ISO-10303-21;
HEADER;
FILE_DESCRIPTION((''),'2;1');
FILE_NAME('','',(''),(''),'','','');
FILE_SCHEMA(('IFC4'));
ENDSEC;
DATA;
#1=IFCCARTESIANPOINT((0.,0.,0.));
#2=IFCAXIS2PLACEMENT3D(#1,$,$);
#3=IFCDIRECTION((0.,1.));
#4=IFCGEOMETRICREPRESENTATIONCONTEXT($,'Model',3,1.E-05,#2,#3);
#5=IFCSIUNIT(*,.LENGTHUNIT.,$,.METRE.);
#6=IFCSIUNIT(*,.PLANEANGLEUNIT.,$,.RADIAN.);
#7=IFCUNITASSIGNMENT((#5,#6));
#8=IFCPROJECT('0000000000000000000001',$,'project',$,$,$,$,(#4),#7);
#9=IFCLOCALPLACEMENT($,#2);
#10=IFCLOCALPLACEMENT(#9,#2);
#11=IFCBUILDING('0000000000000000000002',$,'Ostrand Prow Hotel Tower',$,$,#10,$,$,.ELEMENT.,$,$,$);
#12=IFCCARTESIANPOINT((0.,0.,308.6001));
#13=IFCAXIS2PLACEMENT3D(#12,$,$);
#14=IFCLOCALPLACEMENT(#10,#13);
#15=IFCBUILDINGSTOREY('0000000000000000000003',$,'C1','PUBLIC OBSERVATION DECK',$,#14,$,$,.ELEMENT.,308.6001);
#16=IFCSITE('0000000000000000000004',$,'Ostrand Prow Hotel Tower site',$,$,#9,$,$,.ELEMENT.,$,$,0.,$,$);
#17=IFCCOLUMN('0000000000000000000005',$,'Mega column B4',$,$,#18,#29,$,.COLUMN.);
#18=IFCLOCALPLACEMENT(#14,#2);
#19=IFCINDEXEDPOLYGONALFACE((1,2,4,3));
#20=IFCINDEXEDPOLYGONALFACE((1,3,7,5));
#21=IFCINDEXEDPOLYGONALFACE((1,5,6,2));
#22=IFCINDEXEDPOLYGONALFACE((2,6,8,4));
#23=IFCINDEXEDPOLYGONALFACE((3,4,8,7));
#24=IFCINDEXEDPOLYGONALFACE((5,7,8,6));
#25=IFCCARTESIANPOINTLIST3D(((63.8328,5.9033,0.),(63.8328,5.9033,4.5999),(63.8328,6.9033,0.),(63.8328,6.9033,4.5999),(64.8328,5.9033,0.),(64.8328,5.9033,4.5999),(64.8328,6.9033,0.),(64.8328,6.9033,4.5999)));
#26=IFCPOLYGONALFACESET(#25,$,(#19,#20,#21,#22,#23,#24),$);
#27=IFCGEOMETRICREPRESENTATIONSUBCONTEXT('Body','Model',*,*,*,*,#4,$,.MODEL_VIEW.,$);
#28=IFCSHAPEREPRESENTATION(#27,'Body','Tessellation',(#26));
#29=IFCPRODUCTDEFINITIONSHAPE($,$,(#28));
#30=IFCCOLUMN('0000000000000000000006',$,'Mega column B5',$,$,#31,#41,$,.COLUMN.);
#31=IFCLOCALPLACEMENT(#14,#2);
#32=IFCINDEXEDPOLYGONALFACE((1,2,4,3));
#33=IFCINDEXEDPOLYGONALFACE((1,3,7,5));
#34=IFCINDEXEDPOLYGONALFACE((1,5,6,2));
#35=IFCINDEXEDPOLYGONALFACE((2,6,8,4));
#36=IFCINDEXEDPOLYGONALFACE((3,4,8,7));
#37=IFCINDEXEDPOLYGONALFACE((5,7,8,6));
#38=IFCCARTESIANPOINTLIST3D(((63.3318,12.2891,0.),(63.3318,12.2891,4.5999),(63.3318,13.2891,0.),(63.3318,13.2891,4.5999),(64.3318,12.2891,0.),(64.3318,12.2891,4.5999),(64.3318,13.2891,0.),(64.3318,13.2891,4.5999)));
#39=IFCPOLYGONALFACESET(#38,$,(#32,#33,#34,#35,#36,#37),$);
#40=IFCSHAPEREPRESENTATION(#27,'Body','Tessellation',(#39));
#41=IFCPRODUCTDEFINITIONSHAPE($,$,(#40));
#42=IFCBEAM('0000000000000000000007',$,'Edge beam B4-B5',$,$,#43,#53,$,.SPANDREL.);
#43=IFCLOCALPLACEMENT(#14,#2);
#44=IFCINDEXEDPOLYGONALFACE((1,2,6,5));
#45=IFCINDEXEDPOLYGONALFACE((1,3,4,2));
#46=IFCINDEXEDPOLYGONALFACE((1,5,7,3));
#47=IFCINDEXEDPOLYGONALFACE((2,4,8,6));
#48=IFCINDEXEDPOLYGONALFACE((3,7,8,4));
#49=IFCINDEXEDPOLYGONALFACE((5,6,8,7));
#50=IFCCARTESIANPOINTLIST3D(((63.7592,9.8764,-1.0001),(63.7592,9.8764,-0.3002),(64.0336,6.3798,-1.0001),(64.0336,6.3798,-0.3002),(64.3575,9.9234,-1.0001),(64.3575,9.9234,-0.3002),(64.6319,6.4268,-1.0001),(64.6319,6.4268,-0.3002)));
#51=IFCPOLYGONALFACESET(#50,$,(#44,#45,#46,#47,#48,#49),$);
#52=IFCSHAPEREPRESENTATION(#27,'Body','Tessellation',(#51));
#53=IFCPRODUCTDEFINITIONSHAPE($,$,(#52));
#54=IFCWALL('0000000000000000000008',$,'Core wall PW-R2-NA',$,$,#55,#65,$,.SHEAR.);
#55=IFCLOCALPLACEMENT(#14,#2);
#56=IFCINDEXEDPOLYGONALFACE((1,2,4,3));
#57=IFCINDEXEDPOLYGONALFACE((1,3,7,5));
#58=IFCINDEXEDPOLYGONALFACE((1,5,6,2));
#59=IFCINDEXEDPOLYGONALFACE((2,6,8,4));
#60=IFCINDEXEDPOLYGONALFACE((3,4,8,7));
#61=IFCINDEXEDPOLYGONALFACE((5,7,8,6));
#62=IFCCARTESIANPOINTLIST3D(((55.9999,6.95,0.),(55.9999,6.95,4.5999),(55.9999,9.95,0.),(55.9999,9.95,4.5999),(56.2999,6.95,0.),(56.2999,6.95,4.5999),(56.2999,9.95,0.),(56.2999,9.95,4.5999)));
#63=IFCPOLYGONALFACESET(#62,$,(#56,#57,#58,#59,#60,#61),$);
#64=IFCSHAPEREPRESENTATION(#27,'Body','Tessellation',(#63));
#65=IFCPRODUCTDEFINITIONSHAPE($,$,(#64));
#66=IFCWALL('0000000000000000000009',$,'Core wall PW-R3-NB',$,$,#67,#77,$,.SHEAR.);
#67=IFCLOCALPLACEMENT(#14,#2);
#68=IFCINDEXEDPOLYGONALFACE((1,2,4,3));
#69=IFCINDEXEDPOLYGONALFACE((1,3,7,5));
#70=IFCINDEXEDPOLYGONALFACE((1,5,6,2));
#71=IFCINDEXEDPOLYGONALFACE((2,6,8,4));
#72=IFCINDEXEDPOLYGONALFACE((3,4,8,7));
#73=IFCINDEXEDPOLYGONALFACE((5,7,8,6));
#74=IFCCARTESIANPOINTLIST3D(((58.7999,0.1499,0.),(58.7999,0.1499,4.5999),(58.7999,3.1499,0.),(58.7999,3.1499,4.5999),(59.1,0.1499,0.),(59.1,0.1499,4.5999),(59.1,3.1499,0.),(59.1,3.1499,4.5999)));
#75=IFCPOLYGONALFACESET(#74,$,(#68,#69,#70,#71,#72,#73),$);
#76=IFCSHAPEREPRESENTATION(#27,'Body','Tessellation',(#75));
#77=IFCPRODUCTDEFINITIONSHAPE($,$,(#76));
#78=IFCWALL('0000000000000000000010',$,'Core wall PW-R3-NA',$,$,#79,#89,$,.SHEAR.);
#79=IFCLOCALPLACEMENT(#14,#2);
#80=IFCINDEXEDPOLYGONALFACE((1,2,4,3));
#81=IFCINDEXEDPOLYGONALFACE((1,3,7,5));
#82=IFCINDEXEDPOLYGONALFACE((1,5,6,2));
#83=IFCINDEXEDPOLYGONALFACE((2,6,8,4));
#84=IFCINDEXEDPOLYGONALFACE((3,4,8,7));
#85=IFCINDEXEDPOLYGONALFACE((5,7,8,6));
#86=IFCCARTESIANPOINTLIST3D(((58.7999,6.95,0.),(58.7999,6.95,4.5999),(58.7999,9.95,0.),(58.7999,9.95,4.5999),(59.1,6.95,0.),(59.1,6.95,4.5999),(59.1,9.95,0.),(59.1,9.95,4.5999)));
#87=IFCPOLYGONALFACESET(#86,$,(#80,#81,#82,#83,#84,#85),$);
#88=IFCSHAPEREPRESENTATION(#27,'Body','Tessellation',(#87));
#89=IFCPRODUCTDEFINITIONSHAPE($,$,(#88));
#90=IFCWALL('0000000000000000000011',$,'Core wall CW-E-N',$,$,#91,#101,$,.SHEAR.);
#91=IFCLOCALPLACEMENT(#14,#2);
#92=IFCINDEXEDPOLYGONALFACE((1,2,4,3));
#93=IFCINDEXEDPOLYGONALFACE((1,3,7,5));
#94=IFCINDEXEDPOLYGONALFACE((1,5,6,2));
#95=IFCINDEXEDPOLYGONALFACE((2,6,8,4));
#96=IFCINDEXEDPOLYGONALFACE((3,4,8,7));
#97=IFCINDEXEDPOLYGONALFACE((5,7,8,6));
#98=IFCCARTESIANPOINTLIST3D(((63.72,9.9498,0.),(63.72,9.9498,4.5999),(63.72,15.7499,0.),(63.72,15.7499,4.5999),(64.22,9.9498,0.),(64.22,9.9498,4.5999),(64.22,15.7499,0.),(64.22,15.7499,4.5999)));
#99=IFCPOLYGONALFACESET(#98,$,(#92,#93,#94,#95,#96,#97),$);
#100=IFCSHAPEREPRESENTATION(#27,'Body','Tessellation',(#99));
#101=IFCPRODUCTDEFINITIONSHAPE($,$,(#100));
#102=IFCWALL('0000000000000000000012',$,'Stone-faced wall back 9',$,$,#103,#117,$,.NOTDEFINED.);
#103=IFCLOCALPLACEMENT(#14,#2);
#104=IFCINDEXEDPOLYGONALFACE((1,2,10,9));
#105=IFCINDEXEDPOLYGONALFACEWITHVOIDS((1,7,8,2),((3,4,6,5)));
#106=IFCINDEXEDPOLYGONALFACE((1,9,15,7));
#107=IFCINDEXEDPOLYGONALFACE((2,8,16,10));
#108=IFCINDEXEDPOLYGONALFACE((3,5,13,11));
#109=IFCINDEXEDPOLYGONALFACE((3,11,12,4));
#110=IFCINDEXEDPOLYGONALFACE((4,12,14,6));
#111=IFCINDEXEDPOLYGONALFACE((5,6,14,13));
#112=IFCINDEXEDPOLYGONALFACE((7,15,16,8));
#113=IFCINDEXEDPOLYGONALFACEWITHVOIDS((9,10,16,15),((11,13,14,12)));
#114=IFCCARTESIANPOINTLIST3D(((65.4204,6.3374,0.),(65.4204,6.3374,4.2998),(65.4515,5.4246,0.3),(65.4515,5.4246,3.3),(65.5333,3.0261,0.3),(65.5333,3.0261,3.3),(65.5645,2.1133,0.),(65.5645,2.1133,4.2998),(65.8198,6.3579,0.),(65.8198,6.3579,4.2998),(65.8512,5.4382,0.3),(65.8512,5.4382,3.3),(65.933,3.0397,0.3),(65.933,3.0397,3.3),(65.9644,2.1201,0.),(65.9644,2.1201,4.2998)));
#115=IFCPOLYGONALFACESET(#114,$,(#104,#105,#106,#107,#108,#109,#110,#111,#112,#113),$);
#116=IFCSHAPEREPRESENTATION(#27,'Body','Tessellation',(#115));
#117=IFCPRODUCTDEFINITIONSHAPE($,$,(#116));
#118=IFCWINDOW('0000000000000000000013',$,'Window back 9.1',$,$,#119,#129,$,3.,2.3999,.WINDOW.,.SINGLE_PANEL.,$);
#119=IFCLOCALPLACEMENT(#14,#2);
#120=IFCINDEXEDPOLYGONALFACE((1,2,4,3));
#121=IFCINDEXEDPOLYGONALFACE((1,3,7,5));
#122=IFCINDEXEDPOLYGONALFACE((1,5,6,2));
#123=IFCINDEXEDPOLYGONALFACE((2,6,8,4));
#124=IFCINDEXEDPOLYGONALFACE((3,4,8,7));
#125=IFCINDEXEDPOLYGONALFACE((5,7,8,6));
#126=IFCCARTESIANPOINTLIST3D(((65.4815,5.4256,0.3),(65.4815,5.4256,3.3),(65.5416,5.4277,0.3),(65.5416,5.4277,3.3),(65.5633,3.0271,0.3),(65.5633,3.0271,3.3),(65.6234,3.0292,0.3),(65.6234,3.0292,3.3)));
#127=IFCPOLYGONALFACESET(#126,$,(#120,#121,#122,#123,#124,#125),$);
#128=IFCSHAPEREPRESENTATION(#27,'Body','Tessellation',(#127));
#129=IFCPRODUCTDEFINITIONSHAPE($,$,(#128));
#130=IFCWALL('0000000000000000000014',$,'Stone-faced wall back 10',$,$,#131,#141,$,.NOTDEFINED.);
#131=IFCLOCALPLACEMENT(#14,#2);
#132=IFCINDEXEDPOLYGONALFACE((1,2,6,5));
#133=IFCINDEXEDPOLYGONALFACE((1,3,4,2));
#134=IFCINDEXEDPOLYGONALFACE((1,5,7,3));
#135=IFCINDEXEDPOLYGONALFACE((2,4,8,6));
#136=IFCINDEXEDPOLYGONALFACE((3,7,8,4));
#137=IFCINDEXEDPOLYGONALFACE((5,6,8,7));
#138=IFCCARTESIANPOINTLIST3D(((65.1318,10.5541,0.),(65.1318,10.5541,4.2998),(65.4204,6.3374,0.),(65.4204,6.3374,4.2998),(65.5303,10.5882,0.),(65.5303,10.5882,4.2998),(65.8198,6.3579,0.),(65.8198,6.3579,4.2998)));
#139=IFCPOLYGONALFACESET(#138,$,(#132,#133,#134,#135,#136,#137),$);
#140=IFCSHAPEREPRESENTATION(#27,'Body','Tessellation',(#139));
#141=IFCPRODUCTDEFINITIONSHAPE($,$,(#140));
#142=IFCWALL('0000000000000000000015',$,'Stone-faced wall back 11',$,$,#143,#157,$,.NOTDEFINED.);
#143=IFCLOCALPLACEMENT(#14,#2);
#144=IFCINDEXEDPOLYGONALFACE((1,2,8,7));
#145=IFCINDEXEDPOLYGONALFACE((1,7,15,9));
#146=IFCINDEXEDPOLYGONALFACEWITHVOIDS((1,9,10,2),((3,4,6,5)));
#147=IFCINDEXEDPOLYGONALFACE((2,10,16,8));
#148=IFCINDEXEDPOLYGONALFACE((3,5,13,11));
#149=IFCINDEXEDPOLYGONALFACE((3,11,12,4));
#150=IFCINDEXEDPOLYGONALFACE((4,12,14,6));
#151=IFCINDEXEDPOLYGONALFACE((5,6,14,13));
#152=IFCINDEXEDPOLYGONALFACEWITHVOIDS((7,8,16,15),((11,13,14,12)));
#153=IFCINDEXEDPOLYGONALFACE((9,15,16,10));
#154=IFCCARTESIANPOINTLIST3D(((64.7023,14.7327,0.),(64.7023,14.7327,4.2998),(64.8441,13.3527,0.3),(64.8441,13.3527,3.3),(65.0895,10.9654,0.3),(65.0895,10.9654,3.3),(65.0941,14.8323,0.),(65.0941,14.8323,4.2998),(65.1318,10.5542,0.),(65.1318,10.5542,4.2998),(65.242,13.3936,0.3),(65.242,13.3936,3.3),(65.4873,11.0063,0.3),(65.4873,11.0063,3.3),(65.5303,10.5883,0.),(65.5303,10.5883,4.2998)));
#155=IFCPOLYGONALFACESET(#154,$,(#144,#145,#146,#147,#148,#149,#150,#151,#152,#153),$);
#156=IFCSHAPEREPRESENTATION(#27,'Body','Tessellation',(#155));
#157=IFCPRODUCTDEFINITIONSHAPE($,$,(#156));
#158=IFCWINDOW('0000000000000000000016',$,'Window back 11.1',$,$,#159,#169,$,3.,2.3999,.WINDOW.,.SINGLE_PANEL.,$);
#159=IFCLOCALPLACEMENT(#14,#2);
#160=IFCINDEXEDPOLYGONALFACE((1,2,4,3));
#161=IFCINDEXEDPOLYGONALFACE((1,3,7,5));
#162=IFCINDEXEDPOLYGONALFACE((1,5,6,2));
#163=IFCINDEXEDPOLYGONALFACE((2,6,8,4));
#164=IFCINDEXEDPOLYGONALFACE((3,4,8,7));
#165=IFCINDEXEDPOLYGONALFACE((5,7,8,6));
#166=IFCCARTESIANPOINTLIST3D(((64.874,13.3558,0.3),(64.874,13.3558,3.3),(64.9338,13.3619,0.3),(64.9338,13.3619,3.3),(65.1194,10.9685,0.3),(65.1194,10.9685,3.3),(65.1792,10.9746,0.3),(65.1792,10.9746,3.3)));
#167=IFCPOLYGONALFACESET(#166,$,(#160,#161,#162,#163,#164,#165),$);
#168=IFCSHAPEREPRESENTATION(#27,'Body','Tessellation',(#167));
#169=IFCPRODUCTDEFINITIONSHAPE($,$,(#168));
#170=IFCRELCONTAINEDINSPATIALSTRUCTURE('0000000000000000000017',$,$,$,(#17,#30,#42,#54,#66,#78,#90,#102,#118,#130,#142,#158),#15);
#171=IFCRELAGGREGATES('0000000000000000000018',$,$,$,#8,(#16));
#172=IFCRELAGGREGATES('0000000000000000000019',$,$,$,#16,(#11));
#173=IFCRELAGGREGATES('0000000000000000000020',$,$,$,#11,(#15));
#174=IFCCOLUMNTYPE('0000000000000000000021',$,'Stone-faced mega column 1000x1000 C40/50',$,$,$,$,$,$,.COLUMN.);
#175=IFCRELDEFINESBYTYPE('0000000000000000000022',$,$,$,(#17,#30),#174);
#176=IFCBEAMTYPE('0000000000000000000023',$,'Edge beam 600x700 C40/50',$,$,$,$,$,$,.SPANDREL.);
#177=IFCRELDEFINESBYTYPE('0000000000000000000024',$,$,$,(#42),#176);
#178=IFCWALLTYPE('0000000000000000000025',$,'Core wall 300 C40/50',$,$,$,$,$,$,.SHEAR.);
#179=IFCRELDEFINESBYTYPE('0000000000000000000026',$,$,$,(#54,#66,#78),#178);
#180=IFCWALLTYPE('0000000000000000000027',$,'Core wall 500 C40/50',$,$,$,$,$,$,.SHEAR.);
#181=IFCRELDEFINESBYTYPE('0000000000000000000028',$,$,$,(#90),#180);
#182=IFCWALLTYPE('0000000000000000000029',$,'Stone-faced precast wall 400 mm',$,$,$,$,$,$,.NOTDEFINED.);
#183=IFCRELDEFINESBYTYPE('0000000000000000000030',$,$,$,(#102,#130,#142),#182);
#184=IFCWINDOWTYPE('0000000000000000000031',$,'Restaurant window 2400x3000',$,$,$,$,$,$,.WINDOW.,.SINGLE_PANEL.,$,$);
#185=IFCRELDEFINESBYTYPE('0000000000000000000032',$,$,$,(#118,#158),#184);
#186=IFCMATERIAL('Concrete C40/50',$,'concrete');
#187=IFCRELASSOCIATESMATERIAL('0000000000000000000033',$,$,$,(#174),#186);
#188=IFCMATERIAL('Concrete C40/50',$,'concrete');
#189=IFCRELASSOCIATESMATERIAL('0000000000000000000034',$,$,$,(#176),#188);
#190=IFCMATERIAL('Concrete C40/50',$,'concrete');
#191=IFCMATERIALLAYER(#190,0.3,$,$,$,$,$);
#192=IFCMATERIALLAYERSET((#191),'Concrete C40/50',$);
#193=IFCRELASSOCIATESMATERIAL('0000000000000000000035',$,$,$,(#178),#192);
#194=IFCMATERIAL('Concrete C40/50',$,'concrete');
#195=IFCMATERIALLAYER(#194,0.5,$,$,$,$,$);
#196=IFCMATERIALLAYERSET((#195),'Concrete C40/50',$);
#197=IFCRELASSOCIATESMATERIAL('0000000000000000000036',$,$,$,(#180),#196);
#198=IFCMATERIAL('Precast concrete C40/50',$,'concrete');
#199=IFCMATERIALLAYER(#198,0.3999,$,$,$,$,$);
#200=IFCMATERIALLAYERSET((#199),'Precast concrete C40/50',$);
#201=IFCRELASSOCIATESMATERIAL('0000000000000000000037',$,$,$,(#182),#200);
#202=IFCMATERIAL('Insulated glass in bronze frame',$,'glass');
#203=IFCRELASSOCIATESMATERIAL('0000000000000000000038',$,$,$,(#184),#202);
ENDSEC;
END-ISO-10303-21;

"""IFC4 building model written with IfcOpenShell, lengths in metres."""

from ifc_helpers import new_model, si_unit, direction, frame, frame_2d, origin, origin_2d, place, context, subcontext, project, spatial, polyline, rectangle, outline, extrude, material, layer, layer_set, material_profile, profile_set, type_object, element, fill, save


model = new_model("IFC4")

# Units and contexts
model_context = context("Model", 3, precision=1e-05, world=origin(), true_north=direction((0.0, 1.0)))
body_context = subcontext(model_context, "Body", "Model", "MODEL_VIEW")
ifc_project = project(units=[si_unit("LENGTHUNIT", "METRE"), si_unit("PLANEANGLEUNIT", "RADIAN")], contexts=[model_context])

# Site, building, storey
site_placement = place(None, origin())
site = spatial("IfcSite", under=ifc_project, at=site_placement, Name="Ostrand Prow Hotel Tower site", CompositionType="ELEMENT", RefElevation=0.0)
building_placement = place(site_placement, origin())
building = spatial("IfcBuilding", under=site, at=building_placement, Name="Ostrand Prow Hotel Tower", CompositionType="ELEMENT")
storey_placement = place(building_placement, frame((0.0, 0.0, 308.6001)))
storey = spatial("IfcBuildingStorey", under=building, at=storey_placement, Name="C1", Description="PUBLIC OBSERVATION DECK", CompositionType="ELEMENT", Elevation=308.6001)

# Columns
ifc_material_1 = material(Name="Concrete C40/50", Category="concrete")
ifc_material_profile_1 = material_profile(ifc_material_1, rectangle(XDim=1.0, YDim=1.0, at=origin_2d()), Name="RC 1000x1000")
ifc_profile_set_1 = profile_set([ifc_material_profile_1], Name="Concrete C40/50")
column_type = type_object("IfcColumnType", Name="Stone-faced mega column 1000x1000 C40/50", PredefinedType="COLUMN", material=ifc_profile_set_1)
for number, where, z_axis, x_axis, name in (
    (1, (64.3328, 6.4033, 0.0), (0.0, 0.0, 1.0), (1.0, 0.0, 0.0), "Mega column B4"),
    (2, (63.8318, 12.7891, 0.0), (0.0, 0.0, 1.0), (1.0, 0.0, 0.0), "Mega column B5"),
):
    element("IfcColumn", number, at=place(storey_placement, frame(where, z_axis=z_axis, x_axis=x_axis)), inside=storey, type_object=column_type, Name=name, PredefinedType="COLUMN", context=body_context, shape_type="SweptSolid", body=[
        extrude(rectangle(XDim=1.0, YDim=1.0, at=origin_2d()), origin(), (0.0, 0.0, 1.0), 4.5999),
    ])

# Beam
ifc_material_2 = material(Name="Concrete C40/50", Category="concrete")
ifc_material_profile_2 = material_profile(ifc_material_2, rectangle(XDim=0.6001, YDim=0.7, at=origin_2d()), Name="RC 600x700")
ifc_profile_set_2 = profile_set([ifc_material_profile_2], Name="Concrete C40/50")
beam_type = type_object("IfcBeamType", Name="Edge beam 600x700 C40/50", PredefinedType="SPANDREL", material=ifc_profile_set_2)
beam_placement = place(storey_placement, frame((64.3328, 6.4033, -0.6501), z_axis=(-0.07824, 0.996935, 0.0), x_axis=(-0.996935, -0.07824, 0.0)))
element("IfcBeam", 3, at=beam_placement, inside=storey, type_object=beam_type, Name="Edge beam B4-B5", PredefinedType="SPANDREL", context=body_context, shape_type="SweptSolid", body=[
    extrude(rectangle(XDim=0.6001, YDim=0.7, at=origin_2d()), origin(), (0.0, 0.0, 1.0), 3.5073),
])

# Walls
ifc_material_3 = material(Name="Concrete C40/50", Category="concrete")
ifc_layer_1 = layer(ifc_material_3, 0.3)
ifc_layer_set_1 = layer_set([ifc_layer_1], Name="Concrete C40/50")
wall_type_1 = type_object("IfcWallType", Name="Core wall 300 C40/50", PredefinedType="SHEAR", material=ifc_layer_set_1)
for number, where, z_axis, x_axis, name in (
    (4, (56.1499, 6.95, 0.0), (0.0, 0.0, 1.0), (0.0, 1.0, 0.0), "Core wall PW-R2-NA"),
    (5, (58.95, 0.1499, 0.0), (0.0, 0.0, 1.0), (0.0, 1.0, 0.0), "Core wall PW-R3-NB"),
    (6, (58.95, 6.95, 0.0), (0.0, 0.0, 1.0), (0.0, 1.0, 0.0), "Core wall PW-R3-NA"),
):
    element("IfcWall", number, at=place(storey_placement, frame(where, z_axis=z_axis, x_axis=x_axis)), inside=storey, type_object=wall_type_1, Name=name, PredefinedType="SHEAR", context=body_context, shape_type="SweptSolid", body=[
        extrude(rectangle(XDim=3.0, YDim=0.3, at=frame_2d((1.5, 0.0))), origin(), (0.0, 0.0, 1.0), 4.5999),
    ])
ifc_material_4 = material(Name="Concrete C40/50", Category="concrete")
ifc_layer_2 = layer(ifc_material_4, 0.5)
ifc_layer_set_2 = layer_set([ifc_layer_2], Name="Concrete C40/50")
wall_type_2 = type_object("IfcWallType", Name="Core wall 500 C40/50", PredefinedType="SHEAR", material=ifc_layer_set_2)
wall_1_placement = place(storey_placement, frame((63.97, 9.95, 0.0), z_axis=(0.0, 0.0, 1.0), x_axis=(0.0, 1.0, 0.0)))
element("IfcWall", 7, at=wall_1_placement, inside=storey, type_object=wall_type_2, Name="Core wall CW-E-N", PredefinedType="SHEAR", context=body_context, shape_type="SweptSolid", body=[
    extrude(rectangle(XDim=5.8, YDim=0.5, at=frame_2d((2.8999, 0.0))), origin(), (0.0, 0.0, 1.0), 4.5999),
])

# Wall, opening, window
ifc_material_5 = material(Name="Precast concrete C40/50", Category="concrete")
ifc_layer_3 = layer(ifc_material_5, 0.3999)
ifc_layer_set_3 = layer_set([ifc_layer_3], Name="Precast concrete C40/50")
wall_type_3 = type_object("IfcWallType", Name="Stone-faced precast wall 400 mm", PredefinedType="NOTDEFINED", material=ifc_layer_set_3)
wall_2_placement = place(storey_placement, frame((65.7644, 2.1167, 0.0), z_axis=(0.0, 0.0, 1.0), x_axis=(-0.034083, 0.999419, 0.0)))
wall_2 = element("IfcWall", 8, at=wall_2_placement, inside=storey, type_object=wall_type_3, Name="Stone-faced wall back 9", PredefinedType="NOTDEFINED", context=body_context, shape_type="SweptSolid", body=[
    extrude(outline(polyline([(-0.0034, -0.2), (4.2368, -0.2), (4.23, 0.2), (0.0034, 0.2), (-0.0034, -0.2)])), origin(), (0.0, 0.0, 1.0), 4.2998),
])
opening_1_placement = place(wall_2_placement, frame((0.9167, 0.0, 0.3)))
opening_1 = element("IfcOpeningElement", 9, at=opening_1_placement, cuts=wall_2, PredefinedType="OPENING", context=body_context, shape_type="SweptSolid", body=[
    extrude(rectangle(XDim=2.3999, YDim=3.0, at=frame_2d((1.2, 1.5))), frame((0.0, 0.21, 0.0), z_axis=(0.0, -1.0, 0.0), x_axis=(1.0, 0.0, 0.0)), (0.0, 0.0, 1.0), 0.4199),
])
ifc_material_6 = material(Name="Insulated glass in bronze frame", Category="glass")
window_type = type_object("IfcWindowType", Name="Restaurant window 2400x3000", PartitioningType="SINGLE_PANEL", PredefinedType="WINDOW", material=ifc_material_6)
window_1_placement = place(opening_1_placement, origin())
window_1 = element("IfcWindow", 10, at=window_1_placement, inside=storey, type_object=window_type, Name="Window back 9.1", OverallHeight=3.0, OverallWidth=2.3999, PartitioningType="SINGLE_PANEL", PredefinedType="WINDOW", context=body_context, shape_type="SweptSolid", body=[
    extrude(rectangle(XDim=2.3999, YDim=3.0, at=frame_2d((1.2, 1.5))), frame((0.0, 0.1699, 0.0), z_axis=(0.0, -1.0, 0.0), x_axis=(1.0, 0.0, 0.0)), (0.0, 0.0, 1.0), 0.0601),
])
fill(opening_1, window_1)

# Wall
wall_3_placement = place(storey_placement, frame((65.6201, 6.3477, 0.0), z_axis=(0.0, 0.0, 1.0), x_axis=(-0.06828, 0.997666, 0.0)))
element("IfcWall", 11, at=wall_3_placement, inside=storey, type_object=wall_type_3, Name="Stone-faced wall back 10", PredefinedType="NOTDEFINED", context=body_context, shape_type="SweptSolid", body=[
    extrude(outline(polyline([(-0.0034, -0.2), (4.2368, -0.2), (4.23, 0.2), (0.0034, 0.2), (-0.0034, -0.2)])), origin(), (0.0, 0.0, 1.0), 4.2998),
])

# Wall, opening, window
wall_4_placement = place(storey_placement, frame((65.3311, 10.5713, 0.0), z_axis=(0.0, 0.0, 1.0), x_axis=(-0.10225, 0.994759, 0.0)))
wall_4 = element("IfcWall", 12, at=wall_4_placement, inside=storey, type_object=wall_type_3, Name="Stone-faced wall back 11", PredefinedType="NOTDEFINED", context=body_context, shape_type="SweptSolid", body=[
    extrude(outline(polyline([(-0.0034, -0.2), (4.2629, -0.2), (4.2039, 0.2), (0.0034, 0.2), (-0.0034, -0.2)])), origin(), (0.0, 0.0, 1.0), 4.2998),
])
opening_2_placement = place(wall_4_placement, frame((0.4167, 0.0, 0.3)))
opening_2 = element("IfcOpeningElement", 13, at=opening_2_placement, cuts=wall_4, PredefinedType="OPENING", context=body_context, shape_type="SweptSolid", body=[
    extrude(rectangle(XDim=2.3999, YDim=3.0, at=frame_2d((1.2, 1.5))), frame((0.0, 0.21, 0.0), z_axis=(0.0, -1.0, 0.0), x_axis=(1.0, 0.0, 0.0)), (0.0, 0.0, 1.0), 0.4199),
])
window_2_placement = place(opening_2_placement, origin())
window_2 = element("IfcWindow", 14, at=window_2_placement, inside=storey, type_object=window_type, Name="Window back 11.1", OverallHeight=3.0, OverallWidth=2.3999, PartitioningType="SINGLE_PANEL", PredefinedType="WINDOW", context=body_context, shape_type="SweptSolid", body=[
    extrude(rectangle(XDim=2.3999, YDim=3.0, at=frame_2d((1.2, 1.5))), frame((0.0, 0.1699, 0.0), z_axis=(0.0, -1.0, 0.0), x_axis=(1.0, 0.0, 0.0)), (0.0, 0.0, 1.0), 0.0601),
])
fill(opening_2, window_2)

save(model, "model.ifc")
